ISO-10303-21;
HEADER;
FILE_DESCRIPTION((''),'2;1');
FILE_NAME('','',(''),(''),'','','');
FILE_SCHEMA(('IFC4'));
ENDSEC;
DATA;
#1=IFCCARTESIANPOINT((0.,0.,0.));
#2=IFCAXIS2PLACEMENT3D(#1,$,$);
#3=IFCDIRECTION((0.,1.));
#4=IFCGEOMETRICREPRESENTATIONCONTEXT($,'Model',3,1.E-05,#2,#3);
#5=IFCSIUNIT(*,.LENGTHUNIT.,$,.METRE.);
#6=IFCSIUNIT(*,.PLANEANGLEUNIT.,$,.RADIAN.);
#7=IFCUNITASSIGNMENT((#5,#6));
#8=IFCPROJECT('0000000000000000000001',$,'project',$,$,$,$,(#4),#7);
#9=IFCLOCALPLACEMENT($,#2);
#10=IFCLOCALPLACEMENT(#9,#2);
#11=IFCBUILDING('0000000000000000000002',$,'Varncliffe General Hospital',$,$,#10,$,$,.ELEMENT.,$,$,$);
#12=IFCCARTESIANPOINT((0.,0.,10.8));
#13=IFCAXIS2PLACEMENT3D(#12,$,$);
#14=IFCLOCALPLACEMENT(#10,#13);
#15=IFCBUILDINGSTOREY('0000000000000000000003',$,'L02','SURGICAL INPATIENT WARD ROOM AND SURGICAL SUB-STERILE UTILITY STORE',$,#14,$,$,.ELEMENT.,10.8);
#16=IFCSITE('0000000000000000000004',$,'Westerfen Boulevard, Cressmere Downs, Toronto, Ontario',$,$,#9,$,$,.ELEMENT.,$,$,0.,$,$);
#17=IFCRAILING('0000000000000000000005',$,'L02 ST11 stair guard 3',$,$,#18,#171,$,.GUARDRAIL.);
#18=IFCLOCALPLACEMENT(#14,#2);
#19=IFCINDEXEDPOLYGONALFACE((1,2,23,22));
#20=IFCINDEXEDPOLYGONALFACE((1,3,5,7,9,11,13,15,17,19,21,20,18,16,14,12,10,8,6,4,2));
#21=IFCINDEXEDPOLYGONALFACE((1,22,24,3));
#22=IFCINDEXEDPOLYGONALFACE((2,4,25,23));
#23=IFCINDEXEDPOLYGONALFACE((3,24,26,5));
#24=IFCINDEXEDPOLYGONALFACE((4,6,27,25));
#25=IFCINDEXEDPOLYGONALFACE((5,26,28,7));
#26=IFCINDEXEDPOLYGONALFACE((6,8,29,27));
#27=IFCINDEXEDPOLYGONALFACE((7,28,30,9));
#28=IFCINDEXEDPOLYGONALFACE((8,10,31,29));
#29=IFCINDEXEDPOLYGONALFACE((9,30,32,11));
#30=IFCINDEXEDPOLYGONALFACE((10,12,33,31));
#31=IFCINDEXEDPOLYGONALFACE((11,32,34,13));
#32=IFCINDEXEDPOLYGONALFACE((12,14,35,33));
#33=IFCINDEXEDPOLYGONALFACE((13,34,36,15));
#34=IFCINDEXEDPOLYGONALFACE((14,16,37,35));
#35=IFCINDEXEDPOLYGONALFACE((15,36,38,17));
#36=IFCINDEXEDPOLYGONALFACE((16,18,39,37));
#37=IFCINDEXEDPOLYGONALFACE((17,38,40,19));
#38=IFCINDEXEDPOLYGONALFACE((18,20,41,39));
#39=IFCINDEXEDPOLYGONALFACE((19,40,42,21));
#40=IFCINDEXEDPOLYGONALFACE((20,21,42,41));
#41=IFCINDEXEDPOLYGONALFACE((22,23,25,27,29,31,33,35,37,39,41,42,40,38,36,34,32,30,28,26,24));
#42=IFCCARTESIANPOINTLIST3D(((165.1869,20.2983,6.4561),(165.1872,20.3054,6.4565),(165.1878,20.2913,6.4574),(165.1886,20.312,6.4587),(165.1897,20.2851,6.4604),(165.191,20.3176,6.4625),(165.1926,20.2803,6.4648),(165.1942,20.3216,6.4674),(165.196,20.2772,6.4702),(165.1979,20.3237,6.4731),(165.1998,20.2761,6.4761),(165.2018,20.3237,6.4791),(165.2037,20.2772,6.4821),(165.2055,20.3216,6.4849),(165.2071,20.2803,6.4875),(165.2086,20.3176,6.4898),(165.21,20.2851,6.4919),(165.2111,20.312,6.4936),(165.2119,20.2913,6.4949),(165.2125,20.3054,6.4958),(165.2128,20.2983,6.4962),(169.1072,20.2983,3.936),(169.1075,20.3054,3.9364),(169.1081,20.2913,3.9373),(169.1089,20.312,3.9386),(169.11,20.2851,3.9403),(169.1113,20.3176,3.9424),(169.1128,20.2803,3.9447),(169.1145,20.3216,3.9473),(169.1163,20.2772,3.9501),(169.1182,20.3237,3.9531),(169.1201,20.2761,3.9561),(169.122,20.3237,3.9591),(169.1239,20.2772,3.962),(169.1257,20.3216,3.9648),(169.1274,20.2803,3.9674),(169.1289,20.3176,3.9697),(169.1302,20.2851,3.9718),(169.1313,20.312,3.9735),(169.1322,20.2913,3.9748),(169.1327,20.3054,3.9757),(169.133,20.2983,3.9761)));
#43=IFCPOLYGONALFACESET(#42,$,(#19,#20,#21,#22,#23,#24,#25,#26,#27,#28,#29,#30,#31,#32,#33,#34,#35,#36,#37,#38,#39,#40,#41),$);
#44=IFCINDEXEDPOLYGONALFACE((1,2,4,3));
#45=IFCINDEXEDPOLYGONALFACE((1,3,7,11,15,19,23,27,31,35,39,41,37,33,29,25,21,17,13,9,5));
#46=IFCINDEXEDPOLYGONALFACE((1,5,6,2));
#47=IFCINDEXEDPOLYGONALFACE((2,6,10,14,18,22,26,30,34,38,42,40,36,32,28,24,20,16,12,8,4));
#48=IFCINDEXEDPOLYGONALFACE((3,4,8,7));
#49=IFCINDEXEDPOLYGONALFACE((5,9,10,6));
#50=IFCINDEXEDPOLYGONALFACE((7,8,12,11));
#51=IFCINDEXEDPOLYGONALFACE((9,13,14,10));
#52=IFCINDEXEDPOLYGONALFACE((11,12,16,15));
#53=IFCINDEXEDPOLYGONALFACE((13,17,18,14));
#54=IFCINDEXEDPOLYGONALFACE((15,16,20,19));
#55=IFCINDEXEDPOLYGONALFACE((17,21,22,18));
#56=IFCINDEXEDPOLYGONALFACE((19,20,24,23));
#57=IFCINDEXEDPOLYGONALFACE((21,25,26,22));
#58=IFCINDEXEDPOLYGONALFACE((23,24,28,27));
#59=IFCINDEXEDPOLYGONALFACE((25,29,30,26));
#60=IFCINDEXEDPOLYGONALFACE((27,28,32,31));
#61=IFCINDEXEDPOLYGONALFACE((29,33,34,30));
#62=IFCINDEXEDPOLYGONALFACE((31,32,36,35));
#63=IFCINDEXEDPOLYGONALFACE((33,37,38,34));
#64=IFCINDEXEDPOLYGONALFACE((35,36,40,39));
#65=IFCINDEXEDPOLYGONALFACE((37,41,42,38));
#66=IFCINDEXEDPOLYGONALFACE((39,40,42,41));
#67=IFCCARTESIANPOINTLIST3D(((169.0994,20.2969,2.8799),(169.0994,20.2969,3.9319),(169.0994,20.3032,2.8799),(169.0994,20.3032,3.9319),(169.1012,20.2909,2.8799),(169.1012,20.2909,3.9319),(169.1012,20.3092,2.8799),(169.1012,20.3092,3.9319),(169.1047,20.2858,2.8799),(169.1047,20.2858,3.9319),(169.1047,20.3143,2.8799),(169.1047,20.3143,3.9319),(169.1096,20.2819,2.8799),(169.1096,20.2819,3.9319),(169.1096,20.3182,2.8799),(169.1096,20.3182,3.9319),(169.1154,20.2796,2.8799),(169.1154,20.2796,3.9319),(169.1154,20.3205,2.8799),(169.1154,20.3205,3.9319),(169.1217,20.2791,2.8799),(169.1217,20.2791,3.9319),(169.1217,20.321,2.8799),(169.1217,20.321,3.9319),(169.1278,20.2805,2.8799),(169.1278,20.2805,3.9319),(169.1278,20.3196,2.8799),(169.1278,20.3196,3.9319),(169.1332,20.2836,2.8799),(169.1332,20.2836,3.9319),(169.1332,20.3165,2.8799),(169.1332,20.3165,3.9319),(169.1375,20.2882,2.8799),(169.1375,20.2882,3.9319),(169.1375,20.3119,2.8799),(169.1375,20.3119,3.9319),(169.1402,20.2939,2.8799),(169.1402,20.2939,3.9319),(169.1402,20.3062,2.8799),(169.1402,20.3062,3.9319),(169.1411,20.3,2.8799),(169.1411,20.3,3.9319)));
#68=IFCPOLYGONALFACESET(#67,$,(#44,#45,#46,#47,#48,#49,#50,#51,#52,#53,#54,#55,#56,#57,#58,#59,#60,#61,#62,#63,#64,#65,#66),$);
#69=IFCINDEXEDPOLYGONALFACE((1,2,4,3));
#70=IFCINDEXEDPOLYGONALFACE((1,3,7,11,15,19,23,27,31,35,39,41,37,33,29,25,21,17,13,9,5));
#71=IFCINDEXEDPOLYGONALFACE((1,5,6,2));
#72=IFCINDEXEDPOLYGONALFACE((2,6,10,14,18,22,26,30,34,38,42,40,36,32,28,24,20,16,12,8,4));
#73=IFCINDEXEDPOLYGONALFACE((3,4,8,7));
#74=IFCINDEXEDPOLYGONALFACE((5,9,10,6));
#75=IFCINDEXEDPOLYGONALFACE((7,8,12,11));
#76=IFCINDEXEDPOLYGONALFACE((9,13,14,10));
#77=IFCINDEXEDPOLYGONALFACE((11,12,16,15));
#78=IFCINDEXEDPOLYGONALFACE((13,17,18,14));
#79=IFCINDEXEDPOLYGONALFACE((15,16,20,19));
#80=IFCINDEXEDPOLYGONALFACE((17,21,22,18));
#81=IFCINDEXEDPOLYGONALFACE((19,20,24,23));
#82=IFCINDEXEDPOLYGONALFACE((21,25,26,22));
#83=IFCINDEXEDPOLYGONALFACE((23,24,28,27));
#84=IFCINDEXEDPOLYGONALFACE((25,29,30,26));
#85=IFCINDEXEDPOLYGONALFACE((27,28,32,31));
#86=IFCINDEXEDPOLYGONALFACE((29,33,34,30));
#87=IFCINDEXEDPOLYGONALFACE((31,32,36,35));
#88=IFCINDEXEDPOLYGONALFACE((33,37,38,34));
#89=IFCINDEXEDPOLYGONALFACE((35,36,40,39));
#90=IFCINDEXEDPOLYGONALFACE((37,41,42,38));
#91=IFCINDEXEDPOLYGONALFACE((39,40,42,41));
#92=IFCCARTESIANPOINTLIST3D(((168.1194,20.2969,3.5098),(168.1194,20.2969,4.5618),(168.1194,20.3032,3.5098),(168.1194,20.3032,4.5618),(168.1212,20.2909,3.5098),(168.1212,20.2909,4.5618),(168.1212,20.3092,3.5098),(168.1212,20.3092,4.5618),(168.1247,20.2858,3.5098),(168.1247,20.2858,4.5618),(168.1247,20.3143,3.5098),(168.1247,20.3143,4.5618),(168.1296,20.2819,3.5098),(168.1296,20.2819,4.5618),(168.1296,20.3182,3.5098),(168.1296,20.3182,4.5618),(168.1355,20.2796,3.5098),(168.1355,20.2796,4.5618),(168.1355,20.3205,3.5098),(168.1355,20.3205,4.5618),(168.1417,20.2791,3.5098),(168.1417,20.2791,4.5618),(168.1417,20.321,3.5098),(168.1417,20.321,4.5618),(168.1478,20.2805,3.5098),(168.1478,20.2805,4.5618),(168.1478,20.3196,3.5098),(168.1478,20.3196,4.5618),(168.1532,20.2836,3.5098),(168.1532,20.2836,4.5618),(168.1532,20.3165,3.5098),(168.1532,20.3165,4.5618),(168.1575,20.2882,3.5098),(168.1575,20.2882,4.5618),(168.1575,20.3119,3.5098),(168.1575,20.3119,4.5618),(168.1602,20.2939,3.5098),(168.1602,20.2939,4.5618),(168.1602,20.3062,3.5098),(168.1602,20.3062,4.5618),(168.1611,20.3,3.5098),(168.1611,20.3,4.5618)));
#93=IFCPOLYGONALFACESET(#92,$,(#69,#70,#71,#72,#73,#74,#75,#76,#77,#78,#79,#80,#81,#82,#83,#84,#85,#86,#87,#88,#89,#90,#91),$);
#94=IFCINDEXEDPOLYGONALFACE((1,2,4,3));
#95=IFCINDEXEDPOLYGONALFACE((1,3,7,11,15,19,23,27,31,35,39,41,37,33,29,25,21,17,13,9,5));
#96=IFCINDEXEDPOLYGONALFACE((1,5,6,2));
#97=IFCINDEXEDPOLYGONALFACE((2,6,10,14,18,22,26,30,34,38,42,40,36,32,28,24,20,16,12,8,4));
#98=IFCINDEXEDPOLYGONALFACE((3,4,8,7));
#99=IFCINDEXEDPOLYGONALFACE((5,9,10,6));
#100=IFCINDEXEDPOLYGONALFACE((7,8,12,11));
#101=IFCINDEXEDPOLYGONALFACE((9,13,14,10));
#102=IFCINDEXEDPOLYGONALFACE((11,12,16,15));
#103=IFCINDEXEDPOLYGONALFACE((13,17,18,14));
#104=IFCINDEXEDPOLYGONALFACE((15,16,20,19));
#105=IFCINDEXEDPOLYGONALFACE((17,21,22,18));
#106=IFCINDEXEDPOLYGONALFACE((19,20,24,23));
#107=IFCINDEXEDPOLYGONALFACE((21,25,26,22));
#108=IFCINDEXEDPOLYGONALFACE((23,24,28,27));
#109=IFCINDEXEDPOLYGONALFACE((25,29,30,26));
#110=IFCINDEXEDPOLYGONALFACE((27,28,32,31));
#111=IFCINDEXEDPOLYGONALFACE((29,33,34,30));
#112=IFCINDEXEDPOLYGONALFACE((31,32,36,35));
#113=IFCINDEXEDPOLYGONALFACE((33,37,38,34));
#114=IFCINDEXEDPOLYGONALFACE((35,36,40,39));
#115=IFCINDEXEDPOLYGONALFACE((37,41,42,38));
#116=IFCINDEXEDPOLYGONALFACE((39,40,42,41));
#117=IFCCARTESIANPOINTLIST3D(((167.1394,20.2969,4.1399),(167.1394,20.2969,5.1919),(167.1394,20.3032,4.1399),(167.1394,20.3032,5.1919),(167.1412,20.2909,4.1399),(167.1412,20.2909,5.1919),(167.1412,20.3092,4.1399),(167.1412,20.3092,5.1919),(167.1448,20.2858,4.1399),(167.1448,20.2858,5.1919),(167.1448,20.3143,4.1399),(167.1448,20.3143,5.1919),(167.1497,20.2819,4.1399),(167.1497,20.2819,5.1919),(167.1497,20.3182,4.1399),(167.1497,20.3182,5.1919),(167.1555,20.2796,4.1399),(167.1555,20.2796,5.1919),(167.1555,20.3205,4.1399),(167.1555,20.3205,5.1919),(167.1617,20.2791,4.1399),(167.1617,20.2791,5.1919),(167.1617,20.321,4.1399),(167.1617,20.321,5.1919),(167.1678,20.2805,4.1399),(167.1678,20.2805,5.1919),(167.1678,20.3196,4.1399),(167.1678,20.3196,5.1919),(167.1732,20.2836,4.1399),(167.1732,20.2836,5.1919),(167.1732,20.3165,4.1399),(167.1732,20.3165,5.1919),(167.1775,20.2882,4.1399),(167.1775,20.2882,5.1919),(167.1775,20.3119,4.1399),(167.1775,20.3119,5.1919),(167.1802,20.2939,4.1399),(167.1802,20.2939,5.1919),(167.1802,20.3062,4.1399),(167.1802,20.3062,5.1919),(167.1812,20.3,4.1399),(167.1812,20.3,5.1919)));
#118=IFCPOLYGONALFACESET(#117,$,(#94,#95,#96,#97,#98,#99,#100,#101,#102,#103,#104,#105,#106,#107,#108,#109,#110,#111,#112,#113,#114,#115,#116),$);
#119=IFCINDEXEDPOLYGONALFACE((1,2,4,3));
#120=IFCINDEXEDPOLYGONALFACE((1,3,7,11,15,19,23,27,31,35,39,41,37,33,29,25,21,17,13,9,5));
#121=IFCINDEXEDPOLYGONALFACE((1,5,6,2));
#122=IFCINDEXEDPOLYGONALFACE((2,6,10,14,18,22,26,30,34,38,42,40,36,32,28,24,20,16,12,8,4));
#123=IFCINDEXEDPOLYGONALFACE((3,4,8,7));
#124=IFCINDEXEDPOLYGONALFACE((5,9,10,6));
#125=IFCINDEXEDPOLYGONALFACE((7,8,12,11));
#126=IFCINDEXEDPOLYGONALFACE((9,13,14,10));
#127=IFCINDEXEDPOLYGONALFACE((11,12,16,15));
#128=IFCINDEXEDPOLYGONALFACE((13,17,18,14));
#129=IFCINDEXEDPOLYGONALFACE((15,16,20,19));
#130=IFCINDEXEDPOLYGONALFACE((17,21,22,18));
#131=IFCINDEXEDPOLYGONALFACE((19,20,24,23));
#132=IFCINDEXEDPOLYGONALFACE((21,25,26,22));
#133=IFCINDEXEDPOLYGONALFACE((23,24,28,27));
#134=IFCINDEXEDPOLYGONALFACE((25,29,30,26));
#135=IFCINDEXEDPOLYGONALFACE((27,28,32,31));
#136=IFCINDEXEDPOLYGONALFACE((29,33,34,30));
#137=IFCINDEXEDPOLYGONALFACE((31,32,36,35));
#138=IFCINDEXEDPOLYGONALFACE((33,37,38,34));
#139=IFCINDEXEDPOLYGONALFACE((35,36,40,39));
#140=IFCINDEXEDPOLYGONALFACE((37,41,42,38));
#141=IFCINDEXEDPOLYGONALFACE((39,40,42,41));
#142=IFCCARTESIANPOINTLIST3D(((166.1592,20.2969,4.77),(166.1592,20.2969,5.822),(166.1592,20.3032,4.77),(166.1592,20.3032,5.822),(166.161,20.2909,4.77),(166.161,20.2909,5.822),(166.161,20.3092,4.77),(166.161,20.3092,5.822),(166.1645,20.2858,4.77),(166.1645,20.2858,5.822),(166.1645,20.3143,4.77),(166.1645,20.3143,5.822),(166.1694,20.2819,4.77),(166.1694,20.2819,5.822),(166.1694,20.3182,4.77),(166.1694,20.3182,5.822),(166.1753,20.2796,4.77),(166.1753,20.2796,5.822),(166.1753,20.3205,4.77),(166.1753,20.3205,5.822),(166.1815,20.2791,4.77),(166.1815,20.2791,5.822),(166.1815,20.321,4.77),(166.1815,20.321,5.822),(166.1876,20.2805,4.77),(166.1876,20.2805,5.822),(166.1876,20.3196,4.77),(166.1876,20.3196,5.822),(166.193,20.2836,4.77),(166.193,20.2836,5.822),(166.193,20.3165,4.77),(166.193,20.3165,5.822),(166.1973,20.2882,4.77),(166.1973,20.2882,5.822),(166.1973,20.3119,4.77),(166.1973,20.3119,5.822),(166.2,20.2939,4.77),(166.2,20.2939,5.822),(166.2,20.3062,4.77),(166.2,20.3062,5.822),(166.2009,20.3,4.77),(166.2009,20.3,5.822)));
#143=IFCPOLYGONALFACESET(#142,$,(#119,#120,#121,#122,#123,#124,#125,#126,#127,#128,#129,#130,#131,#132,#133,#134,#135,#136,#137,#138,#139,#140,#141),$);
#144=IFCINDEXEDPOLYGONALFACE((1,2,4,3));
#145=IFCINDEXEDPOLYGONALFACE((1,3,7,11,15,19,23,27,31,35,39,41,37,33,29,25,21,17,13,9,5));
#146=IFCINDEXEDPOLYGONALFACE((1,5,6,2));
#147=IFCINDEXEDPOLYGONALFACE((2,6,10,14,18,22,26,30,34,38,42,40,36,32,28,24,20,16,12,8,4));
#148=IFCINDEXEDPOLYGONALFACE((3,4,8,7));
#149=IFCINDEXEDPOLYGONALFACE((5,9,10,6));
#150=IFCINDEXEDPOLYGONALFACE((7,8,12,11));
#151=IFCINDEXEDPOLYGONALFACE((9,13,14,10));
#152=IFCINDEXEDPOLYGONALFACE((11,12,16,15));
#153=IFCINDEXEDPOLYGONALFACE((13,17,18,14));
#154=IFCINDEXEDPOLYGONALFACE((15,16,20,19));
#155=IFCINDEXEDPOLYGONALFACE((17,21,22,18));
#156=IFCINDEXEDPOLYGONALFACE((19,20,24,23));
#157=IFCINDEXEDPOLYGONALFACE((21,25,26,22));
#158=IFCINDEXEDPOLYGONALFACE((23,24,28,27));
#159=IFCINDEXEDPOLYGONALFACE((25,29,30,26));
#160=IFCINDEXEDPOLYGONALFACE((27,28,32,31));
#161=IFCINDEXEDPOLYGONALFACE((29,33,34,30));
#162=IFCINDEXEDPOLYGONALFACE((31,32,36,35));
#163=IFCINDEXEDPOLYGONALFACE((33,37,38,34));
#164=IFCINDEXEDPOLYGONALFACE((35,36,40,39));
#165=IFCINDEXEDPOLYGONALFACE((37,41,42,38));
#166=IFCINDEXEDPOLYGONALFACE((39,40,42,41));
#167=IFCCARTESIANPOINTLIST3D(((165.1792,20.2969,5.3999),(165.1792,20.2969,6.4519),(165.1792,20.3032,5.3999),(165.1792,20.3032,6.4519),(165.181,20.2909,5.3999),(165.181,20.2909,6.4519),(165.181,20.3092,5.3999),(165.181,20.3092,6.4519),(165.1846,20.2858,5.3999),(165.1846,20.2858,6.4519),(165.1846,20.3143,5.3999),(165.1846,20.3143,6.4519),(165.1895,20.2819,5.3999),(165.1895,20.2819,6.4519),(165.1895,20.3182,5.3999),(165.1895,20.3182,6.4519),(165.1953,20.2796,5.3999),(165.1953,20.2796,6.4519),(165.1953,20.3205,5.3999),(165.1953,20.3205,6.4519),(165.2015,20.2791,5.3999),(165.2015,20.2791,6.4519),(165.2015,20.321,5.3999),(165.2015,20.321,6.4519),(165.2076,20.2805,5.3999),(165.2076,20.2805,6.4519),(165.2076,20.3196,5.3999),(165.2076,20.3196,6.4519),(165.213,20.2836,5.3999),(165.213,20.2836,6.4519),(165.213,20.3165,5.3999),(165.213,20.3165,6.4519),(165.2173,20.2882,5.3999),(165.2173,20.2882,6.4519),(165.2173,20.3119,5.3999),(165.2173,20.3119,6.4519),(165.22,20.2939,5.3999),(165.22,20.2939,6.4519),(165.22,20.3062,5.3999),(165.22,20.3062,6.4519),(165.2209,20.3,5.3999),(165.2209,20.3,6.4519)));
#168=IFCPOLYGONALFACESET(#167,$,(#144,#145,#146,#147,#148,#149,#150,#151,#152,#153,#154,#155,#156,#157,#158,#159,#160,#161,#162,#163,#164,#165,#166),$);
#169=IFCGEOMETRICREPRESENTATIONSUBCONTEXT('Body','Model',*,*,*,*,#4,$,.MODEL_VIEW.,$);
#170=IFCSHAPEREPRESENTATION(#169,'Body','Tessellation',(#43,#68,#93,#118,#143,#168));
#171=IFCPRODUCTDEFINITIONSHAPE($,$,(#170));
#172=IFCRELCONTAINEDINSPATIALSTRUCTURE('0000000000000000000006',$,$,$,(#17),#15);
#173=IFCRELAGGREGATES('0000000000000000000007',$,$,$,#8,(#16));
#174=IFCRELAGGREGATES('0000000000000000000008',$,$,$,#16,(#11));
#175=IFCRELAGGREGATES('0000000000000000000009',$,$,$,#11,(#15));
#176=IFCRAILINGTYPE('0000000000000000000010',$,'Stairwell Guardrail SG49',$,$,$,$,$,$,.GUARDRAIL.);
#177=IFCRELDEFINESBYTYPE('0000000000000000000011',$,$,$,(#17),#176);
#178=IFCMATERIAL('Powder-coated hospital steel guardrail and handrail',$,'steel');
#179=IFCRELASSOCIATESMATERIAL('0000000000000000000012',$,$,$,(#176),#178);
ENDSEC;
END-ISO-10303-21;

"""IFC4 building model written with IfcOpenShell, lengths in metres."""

from ifc_helpers import new_model, si_unit, direction, frame, origin, origin_2d, place, context, subcontext, project, spatial, circle, extrude, material, type_object, element, save


model = new_model("IFC4")

# Units and contexts
model_context = context("Model", 3, precision=1e-05, world=origin(), true_north=direction((0.0, 1.0)))
body_context = subcontext(model_context, "Body", "Model", "MODEL_VIEW")
ifc_project = project(units=[si_unit("LENGTHUNIT", "METRE"), si_unit("PLANEANGLEUNIT", "RADIAN")], contexts=[model_context])

# Site, building, storey
site_placement = place(None, origin())
site = spatial("IfcSite", under=ifc_project, at=site_placement, Name="Westerfen Boulevard, Cressmere Downs, Toronto, Ontario", CompositionType="ELEMENT", RefElevation=0.0)
building_placement = place(site_placement, origin())
building = spatial("IfcBuilding", under=site, at=building_placement, Name="Varncliffe General Hospital", CompositionType="ELEMENT")
storey_placement = place(building_placement, frame((0.0, 0.0, 10.8)))
storey = spatial("IfcBuildingStorey", under=building, at=storey_placement, Name="L02", Description="SURGICAL INPATIENT WARD ROOM AND SURGICAL SUB-STERILE UTILITY STORE", CompositionType="ELEMENT", Elevation=10.8)

# Railing
ifc_material_1 = material(Name="Powder-coated hospital steel guardrail and handrail", Category="steel")
railing_type_1 = type_object("IfcRailingType", Name="Stairwell Guardrail SG49", PredefinedType="GUARDRAIL", material=ifc_material_1)
railing_1_placement = place(storey_placement, frame((169.1201, 20.3, 2.8799)))
element("IfcRailing", 1, at=railing_1_placement, inside=storey, type_object=railing_type_1, Name="L02 ST11 stair guard 3", PredefinedType="GUARDRAIL", context=body_context, shape_type="SweptSolid", body=[
    extrude(circle(Radius=0.0239, at=origin_2d()), frame((0.0, 0.0, 1.0762), z_axis=(-0.841187, 0.0, 0.540744), x_axis=(0.0, -1.0, 0.0)), (0.0, 0.0, 1.0), 4.6604),
    extrude(circle(Radius=0.021, at=origin_2d()), origin(), (0.0, 0.0, 1.0), 1.052),
    extrude(circle(Radius=0.021, at=origin_2d()), frame((-0.98, 0.0, 0.6299)), (0.0, 0.0, 1.0), 1.052),
    extrude(circle(Radius=0.021, at=origin_2d()), frame((-1.96, 0.0, 1.26)), (0.0, 0.0, 1.0), 1.052),
    extrude(circle(Radius=0.021, at=origin_2d()), frame((-2.9402, 0.0, 1.8901)), (0.0, 0.0, 1.0), 1.052),
    extrude(circle(Radius=0.021, at=origin_2d()), frame((-3.9202, 0.0, 2.52)), (0.0, 0.0, 1.0), 1.052),
])

save(model, "model.ifc")
